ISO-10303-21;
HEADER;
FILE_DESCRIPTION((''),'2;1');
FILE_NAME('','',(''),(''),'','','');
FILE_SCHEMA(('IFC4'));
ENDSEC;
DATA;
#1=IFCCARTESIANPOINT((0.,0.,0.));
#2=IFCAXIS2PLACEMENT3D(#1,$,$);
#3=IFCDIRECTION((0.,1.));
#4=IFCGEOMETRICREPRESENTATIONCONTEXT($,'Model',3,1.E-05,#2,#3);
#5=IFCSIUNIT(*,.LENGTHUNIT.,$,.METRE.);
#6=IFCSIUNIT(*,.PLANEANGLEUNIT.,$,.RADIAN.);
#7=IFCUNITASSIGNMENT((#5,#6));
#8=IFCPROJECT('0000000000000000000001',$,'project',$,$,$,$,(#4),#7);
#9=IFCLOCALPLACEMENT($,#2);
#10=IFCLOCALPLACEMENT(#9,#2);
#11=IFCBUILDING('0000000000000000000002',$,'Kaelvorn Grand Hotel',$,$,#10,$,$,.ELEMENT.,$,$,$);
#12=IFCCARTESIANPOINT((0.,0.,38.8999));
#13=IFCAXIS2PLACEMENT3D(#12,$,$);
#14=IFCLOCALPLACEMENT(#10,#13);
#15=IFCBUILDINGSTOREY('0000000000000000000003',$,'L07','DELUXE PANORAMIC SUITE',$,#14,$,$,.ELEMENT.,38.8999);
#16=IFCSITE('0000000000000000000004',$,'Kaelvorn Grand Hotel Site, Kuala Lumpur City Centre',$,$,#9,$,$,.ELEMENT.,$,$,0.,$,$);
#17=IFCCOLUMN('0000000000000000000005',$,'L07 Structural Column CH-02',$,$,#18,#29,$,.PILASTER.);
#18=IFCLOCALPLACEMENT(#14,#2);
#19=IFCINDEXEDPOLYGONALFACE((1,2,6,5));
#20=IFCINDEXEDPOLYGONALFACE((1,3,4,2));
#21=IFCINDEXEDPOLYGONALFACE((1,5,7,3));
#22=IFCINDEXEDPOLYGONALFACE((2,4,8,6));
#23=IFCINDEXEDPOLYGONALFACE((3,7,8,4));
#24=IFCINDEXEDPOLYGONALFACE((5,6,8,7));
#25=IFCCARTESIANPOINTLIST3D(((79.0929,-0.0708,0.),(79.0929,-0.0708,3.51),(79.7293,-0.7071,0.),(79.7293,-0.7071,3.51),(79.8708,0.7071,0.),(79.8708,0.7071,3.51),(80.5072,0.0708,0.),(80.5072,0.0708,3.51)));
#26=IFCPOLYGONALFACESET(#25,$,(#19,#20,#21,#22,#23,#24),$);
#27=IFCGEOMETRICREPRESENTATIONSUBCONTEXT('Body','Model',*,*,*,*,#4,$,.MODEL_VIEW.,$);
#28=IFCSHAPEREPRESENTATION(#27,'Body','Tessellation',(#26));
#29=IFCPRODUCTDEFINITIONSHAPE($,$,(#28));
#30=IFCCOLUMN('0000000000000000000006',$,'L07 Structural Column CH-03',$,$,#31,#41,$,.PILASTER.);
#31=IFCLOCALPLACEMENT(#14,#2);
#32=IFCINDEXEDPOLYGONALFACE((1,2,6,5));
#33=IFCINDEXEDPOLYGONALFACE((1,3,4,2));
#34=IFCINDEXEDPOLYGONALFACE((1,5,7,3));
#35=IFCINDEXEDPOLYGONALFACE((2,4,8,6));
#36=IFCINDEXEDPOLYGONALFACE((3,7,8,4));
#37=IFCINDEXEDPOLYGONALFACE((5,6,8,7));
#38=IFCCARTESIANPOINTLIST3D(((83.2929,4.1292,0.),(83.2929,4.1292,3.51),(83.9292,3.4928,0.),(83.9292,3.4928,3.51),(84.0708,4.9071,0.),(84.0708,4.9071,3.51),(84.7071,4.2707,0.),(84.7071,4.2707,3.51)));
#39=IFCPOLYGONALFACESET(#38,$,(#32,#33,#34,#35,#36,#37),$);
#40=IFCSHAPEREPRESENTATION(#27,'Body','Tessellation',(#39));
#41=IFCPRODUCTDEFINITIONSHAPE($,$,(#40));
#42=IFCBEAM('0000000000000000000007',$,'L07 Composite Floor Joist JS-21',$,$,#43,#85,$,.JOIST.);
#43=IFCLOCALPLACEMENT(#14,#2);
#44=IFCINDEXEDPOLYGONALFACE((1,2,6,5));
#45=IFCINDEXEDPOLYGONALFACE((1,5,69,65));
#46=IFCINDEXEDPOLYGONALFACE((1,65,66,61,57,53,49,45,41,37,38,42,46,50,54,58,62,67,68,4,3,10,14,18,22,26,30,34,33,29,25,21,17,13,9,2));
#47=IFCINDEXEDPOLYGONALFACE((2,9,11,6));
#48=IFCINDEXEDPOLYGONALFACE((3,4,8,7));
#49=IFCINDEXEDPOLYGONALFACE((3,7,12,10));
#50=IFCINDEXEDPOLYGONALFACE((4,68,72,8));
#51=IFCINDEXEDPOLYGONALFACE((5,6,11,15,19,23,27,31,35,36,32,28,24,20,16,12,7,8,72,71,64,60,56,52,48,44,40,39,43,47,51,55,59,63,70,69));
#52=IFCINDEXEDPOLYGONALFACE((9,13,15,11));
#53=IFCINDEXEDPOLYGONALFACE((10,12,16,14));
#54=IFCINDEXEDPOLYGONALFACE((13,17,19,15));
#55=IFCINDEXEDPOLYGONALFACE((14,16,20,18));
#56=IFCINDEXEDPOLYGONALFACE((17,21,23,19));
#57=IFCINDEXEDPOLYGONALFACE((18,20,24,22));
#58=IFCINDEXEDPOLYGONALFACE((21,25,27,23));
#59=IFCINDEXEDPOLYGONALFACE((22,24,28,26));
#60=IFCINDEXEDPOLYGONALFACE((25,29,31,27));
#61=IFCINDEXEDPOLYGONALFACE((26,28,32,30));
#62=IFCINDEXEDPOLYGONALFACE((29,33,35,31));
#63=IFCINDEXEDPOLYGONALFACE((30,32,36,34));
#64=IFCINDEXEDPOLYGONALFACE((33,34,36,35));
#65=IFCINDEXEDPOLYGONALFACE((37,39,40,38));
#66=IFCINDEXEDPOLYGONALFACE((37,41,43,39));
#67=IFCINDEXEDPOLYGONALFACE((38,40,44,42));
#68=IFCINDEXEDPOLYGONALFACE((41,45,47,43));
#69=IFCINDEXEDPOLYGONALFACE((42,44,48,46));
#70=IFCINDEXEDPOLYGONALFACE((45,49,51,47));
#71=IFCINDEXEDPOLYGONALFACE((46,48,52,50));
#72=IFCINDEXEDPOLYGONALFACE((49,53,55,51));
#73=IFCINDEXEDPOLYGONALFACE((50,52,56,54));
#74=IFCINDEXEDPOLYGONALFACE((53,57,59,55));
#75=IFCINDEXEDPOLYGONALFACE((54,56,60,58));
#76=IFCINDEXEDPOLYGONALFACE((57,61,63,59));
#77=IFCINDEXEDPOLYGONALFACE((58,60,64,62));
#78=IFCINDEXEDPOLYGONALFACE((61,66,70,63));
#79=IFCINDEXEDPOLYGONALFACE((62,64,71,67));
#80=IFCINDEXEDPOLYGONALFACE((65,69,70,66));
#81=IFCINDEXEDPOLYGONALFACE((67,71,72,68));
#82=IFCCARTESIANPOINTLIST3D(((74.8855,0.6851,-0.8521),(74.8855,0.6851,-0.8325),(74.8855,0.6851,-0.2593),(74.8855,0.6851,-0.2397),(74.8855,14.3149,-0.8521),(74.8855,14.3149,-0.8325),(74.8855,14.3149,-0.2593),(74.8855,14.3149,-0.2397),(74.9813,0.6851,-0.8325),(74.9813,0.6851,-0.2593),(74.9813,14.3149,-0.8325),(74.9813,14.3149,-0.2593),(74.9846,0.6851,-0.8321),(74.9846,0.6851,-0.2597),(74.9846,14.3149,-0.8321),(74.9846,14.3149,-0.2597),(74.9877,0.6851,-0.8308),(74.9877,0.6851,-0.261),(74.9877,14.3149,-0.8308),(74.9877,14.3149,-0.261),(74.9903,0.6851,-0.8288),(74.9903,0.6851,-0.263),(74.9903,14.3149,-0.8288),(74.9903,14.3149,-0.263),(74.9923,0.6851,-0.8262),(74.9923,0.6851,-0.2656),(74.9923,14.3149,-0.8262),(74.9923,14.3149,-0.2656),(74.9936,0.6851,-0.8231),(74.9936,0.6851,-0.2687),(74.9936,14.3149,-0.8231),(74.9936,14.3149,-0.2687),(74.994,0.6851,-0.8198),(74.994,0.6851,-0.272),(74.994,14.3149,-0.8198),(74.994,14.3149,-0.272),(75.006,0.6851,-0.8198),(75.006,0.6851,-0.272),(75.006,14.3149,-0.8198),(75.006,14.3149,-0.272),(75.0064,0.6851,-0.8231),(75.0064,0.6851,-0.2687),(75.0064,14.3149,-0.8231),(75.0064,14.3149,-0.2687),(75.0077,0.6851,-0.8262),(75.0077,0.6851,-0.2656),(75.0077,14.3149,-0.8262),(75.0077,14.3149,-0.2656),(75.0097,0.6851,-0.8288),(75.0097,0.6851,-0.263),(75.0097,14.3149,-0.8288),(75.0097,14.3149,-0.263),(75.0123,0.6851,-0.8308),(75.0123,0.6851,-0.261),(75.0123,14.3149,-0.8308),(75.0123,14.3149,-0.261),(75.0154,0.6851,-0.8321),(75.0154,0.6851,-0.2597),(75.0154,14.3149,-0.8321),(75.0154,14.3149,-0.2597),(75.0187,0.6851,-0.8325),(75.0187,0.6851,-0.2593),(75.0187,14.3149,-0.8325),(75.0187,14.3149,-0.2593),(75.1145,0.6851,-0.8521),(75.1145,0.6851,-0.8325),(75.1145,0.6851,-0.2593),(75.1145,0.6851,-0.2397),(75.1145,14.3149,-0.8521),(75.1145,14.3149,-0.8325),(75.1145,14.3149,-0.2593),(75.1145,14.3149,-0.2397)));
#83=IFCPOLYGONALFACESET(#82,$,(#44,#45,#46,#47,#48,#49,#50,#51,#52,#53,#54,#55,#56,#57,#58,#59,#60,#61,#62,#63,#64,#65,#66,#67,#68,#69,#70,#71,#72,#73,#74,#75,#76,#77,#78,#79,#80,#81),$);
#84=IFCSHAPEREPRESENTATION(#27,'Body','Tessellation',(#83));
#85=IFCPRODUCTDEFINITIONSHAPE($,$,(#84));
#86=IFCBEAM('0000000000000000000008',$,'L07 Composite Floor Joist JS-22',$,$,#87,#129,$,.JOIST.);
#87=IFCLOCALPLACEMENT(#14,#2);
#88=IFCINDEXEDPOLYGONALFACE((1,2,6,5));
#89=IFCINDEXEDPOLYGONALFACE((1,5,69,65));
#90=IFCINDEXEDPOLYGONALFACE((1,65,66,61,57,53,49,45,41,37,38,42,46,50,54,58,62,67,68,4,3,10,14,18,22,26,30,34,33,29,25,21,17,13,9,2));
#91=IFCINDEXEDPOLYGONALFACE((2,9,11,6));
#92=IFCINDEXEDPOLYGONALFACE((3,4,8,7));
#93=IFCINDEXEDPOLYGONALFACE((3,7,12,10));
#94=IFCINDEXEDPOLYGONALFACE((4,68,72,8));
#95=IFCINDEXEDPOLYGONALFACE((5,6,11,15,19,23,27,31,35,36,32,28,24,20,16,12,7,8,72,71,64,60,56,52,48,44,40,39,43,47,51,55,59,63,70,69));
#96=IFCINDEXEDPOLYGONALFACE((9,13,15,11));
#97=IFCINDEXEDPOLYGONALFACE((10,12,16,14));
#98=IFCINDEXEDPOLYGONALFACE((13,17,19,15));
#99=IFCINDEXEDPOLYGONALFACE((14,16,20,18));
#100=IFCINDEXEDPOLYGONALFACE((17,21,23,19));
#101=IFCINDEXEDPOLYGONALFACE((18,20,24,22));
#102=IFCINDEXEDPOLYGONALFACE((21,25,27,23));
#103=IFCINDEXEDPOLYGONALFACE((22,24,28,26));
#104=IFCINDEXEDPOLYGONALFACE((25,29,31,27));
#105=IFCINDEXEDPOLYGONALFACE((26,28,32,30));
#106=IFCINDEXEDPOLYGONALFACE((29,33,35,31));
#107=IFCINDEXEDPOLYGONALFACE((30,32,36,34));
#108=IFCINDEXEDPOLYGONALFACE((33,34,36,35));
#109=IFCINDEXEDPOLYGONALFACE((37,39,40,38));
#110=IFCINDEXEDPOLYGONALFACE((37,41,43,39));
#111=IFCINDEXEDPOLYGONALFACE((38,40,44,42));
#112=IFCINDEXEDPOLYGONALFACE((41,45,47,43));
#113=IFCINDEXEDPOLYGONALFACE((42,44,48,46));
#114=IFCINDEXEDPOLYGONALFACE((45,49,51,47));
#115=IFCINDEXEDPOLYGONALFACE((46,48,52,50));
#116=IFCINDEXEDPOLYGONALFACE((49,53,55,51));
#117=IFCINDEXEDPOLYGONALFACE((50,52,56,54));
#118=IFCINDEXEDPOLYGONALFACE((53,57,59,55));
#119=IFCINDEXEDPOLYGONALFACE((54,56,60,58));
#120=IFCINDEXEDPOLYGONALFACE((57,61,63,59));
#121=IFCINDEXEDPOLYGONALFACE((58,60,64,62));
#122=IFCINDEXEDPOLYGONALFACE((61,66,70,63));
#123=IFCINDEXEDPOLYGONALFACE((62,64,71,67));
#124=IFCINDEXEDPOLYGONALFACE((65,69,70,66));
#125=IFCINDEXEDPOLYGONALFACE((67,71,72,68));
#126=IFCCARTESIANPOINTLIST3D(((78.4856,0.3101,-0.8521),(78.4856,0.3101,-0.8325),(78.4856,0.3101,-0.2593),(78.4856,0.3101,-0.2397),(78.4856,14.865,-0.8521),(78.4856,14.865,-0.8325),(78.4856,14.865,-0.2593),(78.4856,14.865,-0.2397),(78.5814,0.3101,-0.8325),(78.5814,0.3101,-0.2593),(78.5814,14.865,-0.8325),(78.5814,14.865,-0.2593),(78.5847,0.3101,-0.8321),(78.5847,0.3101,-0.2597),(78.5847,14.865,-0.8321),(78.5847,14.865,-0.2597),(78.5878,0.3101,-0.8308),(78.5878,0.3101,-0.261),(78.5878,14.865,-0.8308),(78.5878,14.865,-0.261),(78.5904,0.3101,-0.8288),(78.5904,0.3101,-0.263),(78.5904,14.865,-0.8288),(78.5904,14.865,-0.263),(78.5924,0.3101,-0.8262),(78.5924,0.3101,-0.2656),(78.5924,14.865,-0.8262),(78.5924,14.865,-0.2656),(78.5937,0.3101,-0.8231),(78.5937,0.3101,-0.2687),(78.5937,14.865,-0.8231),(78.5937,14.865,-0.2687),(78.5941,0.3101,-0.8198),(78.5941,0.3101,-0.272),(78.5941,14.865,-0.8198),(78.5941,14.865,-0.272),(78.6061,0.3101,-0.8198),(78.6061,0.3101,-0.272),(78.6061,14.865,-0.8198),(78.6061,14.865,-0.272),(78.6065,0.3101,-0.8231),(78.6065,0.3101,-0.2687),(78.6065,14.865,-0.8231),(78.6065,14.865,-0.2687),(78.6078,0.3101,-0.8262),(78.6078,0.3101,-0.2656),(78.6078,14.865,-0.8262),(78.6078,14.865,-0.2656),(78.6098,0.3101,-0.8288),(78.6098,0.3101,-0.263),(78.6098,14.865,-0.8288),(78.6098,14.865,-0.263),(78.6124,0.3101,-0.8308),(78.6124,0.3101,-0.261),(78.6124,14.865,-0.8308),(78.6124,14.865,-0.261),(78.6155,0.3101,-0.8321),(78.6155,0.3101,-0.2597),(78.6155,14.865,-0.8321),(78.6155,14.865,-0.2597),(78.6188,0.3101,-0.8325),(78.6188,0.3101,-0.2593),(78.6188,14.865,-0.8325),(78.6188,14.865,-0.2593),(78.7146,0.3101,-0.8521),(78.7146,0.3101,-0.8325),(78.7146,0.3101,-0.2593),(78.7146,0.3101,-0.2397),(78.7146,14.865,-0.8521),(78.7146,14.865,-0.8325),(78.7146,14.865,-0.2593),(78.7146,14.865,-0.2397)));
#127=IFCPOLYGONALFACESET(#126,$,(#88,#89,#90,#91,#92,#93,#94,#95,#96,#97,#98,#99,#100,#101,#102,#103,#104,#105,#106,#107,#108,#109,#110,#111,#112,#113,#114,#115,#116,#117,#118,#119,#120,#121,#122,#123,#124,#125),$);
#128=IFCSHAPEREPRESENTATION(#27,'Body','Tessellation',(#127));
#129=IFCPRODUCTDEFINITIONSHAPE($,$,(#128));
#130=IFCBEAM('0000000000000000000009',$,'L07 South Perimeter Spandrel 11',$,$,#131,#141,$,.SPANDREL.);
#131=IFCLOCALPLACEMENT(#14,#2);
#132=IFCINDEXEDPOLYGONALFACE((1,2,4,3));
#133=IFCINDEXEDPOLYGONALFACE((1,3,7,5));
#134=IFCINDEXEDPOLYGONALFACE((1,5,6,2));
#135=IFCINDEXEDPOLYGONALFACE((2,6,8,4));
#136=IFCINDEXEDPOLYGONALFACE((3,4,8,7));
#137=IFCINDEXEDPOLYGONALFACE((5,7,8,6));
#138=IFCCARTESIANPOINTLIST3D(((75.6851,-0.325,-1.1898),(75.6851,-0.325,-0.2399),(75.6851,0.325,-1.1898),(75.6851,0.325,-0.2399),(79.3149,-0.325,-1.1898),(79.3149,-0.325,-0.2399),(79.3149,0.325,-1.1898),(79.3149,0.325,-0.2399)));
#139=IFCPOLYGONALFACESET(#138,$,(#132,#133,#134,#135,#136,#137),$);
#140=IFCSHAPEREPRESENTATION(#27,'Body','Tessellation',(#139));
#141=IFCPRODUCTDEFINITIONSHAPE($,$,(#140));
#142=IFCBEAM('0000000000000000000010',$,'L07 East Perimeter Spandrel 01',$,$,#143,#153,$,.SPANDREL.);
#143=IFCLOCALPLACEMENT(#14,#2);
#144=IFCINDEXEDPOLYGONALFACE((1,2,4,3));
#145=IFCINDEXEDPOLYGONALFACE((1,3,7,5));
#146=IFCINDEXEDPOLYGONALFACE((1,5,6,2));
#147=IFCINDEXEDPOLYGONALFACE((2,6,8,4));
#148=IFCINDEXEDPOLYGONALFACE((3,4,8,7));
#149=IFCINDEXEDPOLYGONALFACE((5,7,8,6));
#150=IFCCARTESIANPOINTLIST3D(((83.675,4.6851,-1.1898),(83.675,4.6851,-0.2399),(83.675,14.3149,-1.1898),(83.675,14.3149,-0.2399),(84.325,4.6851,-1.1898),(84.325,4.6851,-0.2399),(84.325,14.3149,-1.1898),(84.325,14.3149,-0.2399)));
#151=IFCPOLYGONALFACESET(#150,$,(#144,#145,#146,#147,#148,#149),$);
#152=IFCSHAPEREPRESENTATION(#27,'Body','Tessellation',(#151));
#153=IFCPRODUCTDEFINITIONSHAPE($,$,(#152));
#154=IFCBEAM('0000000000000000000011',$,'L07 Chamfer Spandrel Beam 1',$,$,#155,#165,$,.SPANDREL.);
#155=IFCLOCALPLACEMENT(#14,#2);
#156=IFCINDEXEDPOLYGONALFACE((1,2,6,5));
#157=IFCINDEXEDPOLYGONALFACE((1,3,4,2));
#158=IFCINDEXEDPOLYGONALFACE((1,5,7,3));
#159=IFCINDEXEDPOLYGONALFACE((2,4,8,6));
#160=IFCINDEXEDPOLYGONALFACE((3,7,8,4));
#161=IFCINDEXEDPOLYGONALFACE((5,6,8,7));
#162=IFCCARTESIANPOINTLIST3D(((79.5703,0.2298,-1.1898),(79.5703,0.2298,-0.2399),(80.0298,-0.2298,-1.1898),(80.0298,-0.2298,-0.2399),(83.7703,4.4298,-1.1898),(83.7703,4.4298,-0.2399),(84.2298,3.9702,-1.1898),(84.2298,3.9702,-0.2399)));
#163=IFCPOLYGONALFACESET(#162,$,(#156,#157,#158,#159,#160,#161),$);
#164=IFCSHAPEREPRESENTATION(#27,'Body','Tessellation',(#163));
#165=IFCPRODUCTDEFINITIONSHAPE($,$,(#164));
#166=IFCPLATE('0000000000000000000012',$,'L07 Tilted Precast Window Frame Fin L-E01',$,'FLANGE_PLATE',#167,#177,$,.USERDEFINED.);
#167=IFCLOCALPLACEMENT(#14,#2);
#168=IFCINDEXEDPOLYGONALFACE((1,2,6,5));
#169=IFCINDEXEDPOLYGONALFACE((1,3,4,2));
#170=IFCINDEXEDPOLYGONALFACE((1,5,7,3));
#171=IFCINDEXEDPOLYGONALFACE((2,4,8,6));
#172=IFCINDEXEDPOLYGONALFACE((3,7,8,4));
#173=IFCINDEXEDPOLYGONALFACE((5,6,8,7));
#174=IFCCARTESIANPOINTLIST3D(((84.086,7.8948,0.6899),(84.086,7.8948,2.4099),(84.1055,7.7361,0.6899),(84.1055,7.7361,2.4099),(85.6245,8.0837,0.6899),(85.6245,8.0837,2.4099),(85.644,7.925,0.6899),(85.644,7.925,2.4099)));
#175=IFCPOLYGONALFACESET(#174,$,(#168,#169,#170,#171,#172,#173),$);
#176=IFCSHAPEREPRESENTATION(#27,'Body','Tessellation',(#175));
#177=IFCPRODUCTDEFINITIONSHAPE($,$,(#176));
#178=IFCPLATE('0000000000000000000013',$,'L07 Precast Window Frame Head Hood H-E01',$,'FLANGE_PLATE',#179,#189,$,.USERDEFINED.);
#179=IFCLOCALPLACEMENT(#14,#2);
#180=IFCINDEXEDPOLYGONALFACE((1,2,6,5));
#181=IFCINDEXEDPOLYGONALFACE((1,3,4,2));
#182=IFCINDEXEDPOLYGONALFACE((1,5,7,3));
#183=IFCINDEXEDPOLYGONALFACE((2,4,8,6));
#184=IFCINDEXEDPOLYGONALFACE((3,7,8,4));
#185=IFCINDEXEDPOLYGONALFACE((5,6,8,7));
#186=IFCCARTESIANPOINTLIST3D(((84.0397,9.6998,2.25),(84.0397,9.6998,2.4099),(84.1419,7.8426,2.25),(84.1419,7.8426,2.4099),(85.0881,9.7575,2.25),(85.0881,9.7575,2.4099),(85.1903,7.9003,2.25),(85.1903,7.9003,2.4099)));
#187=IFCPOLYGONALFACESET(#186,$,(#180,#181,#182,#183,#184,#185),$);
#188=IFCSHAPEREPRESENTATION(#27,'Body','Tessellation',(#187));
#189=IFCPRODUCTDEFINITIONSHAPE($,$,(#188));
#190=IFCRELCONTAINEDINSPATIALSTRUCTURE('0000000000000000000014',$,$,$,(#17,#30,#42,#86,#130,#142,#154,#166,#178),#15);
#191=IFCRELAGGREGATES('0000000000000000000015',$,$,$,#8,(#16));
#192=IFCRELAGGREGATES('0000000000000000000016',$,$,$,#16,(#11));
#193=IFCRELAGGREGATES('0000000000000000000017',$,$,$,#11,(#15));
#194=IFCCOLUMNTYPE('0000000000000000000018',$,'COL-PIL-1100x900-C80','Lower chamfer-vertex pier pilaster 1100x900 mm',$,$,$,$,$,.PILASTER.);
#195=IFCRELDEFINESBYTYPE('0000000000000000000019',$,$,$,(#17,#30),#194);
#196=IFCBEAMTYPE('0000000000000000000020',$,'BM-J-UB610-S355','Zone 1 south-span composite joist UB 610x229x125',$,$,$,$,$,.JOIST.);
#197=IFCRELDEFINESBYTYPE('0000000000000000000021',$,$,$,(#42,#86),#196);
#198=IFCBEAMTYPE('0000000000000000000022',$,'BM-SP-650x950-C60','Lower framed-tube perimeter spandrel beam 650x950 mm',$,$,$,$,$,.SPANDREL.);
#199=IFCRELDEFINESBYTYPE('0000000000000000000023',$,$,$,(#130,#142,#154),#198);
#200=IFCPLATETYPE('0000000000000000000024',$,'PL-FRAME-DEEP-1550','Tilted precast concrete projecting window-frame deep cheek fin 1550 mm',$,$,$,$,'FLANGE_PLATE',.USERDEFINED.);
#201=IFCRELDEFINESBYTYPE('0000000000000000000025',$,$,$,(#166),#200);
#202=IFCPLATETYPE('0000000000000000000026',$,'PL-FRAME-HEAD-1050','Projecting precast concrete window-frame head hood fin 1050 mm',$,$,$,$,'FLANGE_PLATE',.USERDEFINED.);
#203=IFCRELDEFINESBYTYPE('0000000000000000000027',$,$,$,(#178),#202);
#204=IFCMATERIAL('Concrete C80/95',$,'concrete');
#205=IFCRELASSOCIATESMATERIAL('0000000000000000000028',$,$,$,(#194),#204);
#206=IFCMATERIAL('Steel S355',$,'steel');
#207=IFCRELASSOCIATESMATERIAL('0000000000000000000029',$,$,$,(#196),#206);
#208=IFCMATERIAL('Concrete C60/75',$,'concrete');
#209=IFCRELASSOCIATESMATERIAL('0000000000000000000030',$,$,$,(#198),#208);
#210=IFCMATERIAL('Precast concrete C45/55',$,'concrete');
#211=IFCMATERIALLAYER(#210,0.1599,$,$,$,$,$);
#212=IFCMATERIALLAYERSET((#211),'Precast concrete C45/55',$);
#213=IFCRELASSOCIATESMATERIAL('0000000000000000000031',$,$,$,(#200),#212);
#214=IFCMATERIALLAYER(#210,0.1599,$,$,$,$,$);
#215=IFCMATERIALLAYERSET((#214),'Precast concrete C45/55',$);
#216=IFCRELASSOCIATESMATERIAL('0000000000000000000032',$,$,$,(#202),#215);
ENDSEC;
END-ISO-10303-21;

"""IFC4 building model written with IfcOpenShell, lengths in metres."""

from ifc_helpers import new_model, si_unit, direction, frame, origin, origin_2d, place, context, subcontext, project, spatial, rectangle, i_section, extrude, material, layer, layer_set, material_profile, profile_set, type_object, element, save


model = new_model("IFC4")

# Units and contexts
model_context = context("Model", 3, precision=1e-05, world=origin(), true_north=direction((0.0, 1.0)))
body_context = subcontext(model_context, "Body", "Model", "MODEL_VIEW")
ifc_project = project(units=[si_unit("LENGTHUNIT", "METRE"), si_unit("PLANEANGLEUNIT", "RADIAN")], contexts=[model_context])

# Site, building, storey
site_placement = place(None, origin())
site = spatial("IfcSite", under=ifc_project, at=site_placement, Name="Kaelvorn Grand Hotel Site, Kuala Lumpur City Centre", CompositionType="ELEMENT", RefElevation=0.0)
building_placement = place(site_placement, origin())
building = spatial("IfcBuilding", under=site, at=building_placement, Name="Kaelvorn Grand Hotel", CompositionType="ELEMENT")
storey_placement = place(building_placement, frame((0.0, 0.0, 38.8999)))
storey = spatial("IfcBuildingStorey", under=building, at=storey_placement, Name="L07", Description="DELUXE PANORAMIC SUITE", CompositionType="ELEMENT", Elevation=38.8999)

# Columns
ifc_material_1 = material(Name="Concrete C80/95", Category="concrete")
ifc_material_profile_1 = material_profile(ifc_material_1, rectangle(XDim=1.1001, YDim=0.8999, at=origin_2d()), Name="RC PILASTER 1100x900")
ifc_profile_set_1 = profile_set([ifc_material_profile_1], Name="Concrete C80/95")
column_type = type_object("IfcColumnType", Name="COL-PIL-1100x900-C80", Description="Lower chamfer-vertex pier pilaster 1100x900 mm", PredefinedType="PILASTER", material=ifc_profile_set_1)
for number, where, z_axis, x_axis, name in (
    (1, (79.8, 0.0, 0.0), (0.0, 0.0, 1.0), (0.707107, 0.707107, 0.0), "L07 Structural Column CH-02"),
    (2, (84.0, 4.2, 0.0), (0.0, 0.0, 1.0), (0.707107, 0.707107, 0.0), "L07 Structural Column CH-03"),
):
    element("IfcColumn", number, at=place(storey_placement, frame(where, z_axis=z_axis, x_axis=x_axis)), inside=storey, type_object=column_type, Name=name, PredefinedType="PILASTER", context=body_context, shape_type="SweptSolid", body=[
        extrude(rectangle(XDim=1.1001, YDim=0.8999, at=origin_2d()), origin(), (0.0, 0.0, 1.0), 3.51),
    ])

# Beams
ifc_material_2 = material(Name="Steel S355", Category="steel")
ifc_material_profile_2 = material_profile(ifc_material_2, i_section(OverallWidth=0.229, OverallDepth=0.6123, WebThickness=0.012, FlangeThickness=0.0195, FilletRadius=0.0127, at=origin_2d()), Name="UB 610x229x125")
ifc_profile_set_2 = profile_set([ifc_material_profile_2], Name="Steel S355")
beam_type_1 = type_object("IfcBeamType", Name="BM-J-UB610-S355", Description="Zone 1 south-span composite joist UB 610x229x125", PredefinedType="JOIST", material=ifc_profile_set_2)
beam_1_placement = place(storey_placement, frame((75.0, 0.6851, -0.5459), z_axis=(0.0, 1.0, 0.0), x_axis=(-1.0, 0.0, 0.0)))
element("IfcBeam", 3, at=beam_1_placement, inside=storey, type_object=beam_type_1, Name="L07 Composite Floor Joist JS-21", PredefinedType="JOIST", context=body_context, shape_type="SweptSolid", body=[
    extrude(i_section(OverallWidth=0.229, OverallDepth=0.6123, WebThickness=0.012, FlangeThickness=0.0195, FilletRadius=0.0127, at=origin_2d()), origin(), (0.0, 0.0, 1.0), 13.6299),
])
beam_2_placement = place(storey_placement, frame((78.6001, 0.3101, -0.5459), z_axis=(0.0, 1.0, 0.0), x_axis=(-1.0, 0.0, 0.0)))
element("IfcBeam", 4, at=beam_2_placement, inside=storey, type_object=beam_type_1, Name="L07 Composite Floor Joist JS-22", PredefinedType="JOIST", context=body_context, shape_type="SweptSolid", body=[
    extrude(i_section(OverallWidth=0.229, OverallDepth=0.6123, WebThickness=0.012, FlangeThickness=0.0195, FilletRadius=0.0127, at=origin_2d()), origin(), (0.0, 0.0, 1.0), 14.5549),
])
ifc_material_3 = material(Name="Concrete C60/75", Category="concrete")
ifc_material_profile_3 = material_profile(ifc_material_3, rectangle(XDim=0.6499, YDim=0.95, at=origin_2d()), Name="RC SPANDREL 650x950")
ifc_profile_set_3 = profile_set([ifc_material_profile_3], Name="Concrete C60/75")
beam_type_2 = type_object("IfcBeamType", Name="BM-SP-650x950-C60", Description="Lower framed-tube perimeter spandrel beam 650x950 mm", PredefinedType="SPANDREL", material=ifc_profile_set_3)
beam_3_placement = place(storey_placement, frame((75.6851, 0.0, -0.7148), z_axis=(1.0, 0.0, 0.0), x_axis=(0.0, 1.0, 0.0)))
element("IfcBeam", 5, at=beam_3_placement, inside=storey, type_object=beam_type_2, Name="L07 South Perimeter Spandrel 11", PredefinedType="SPANDREL", context=body_context, shape_type="SweptSolid", body=[
    extrude(rectangle(XDim=0.6499, YDim=0.95, at=origin_2d()), origin(), (0.0, 0.0, 1.0), 3.6299),
])
beam_4_placement = place(storey_placement, frame((84.0, 4.6851, -0.7148), z_axis=(0.0, 1.0, 0.0), x_axis=(-1.0, 0.0, 0.0)))
element("IfcBeam", 6, at=beam_4_placement, inside=storey, type_object=beam_type_2, Name="L07 East Perimeter Spandrel 01", PredefinedType="SPANDREL", context=body_context, shape_type="SweptSolid", body=[
    extrude(rectangle(XDim=0.6499, YDim=0.95, at=origin_2d()), origin(), (0.0, 0.0, 1.0), 9.6299),
])
beam_5_placement = place(storey_placement, frame((79.8, 0.0, -0.7148), z_axis=(0.707107, 0.707107, 0.0), x_axis=(-0.707107, 0.707107, 0.0)))
element("IfcBeam", 7, at=beam_5_placement, inside=storey, type_object=beam_type_2, Name="L07 Chamfer Spandrel Beam 1", PredefinedType="SPANDREL", context=body_context, shape_type="SweptSolid", body=[
    extrude(rectangle(XDim=0.6499, YDim=0.95, at=origin_2d()), origin(), (0.0, 0.0, 1.0), 5.9397),
])

# Plates
ifc_material_4 = material(Name="Precast concrete C45/55", Category="concrete")
ifc_layer_1 = layer(ifc_material_4, 0.1599)
ifc_layer_set_1 = layer_set([ifc_layer_1], Name="Precast concrete C45/55")
plate_type_1 = type_object("IfcPlateType", Name="PL-FRAME-DEEP-1550", Description="Tilted precast concrete projecting window-frame deep cheek fin 1550 mm", ElementType="FLANGE_PLATE", PredefinedType="USERDEFINED", material=ifc_layer_set_1)
plate_1_placement = place(storey_placement, frame((84.865, 7.9099, 0.6899), z_axis=(0.0, 0.0, 1.0), x_axis=(-0.121869, 0.992546, 0.0)))
element("IfcPlate", 8, at=plate_1_placement, inside=storey, type_object=plate_type_1, Name="L07 Tilted Precast Window Frame Fin L-E01", ObjectType="FLANGE_PLATE", PredefinedType="USERDEFINED", context=body_context, shape_type="SweptSolid", body=[
    extrude(rectangle(XDim=0.1599, YDim=1.55, at=origin_2d()), origin(), (0.0, 0.0, 1.0), 1.72),
])
ifc_layer_2 = layer(ifc_material_4, 0.1599)
ifc_layer_set_2 = layer_set([ifc_layer_2], Name="Precast concrete C45/55")
plate_type_2 = type_object("IfcPlateType", Name="PL-FRAME-HEAD-1050", Description="Projecting precast concrete window-frame head hood fin 1050 mm", ElementType="FLANGE_PLATE", PredefinedType="USERDEFINED", material=ifc_layer_set_2)
plate_2_placement = place(storey_placement, frame((84.615, 8.8, 2.25), z_axis=(0.0, 0.0, 1.0), x_axis=(-0.05495, 0.998489, 0.0)))
element("IfcPlate", 9, at=plate_2_placement, inside=storey, type_object=plate_type_2, Name="L07 Precast Window Frame Head Hood H-E01", ObjectType="FLANGE_PLATE", PredefinedType="USERDEFINED", context=body_context, shape_type="SweptSolid", body=[
    extrude(rectangle(XDim=1.8601, YDim=1.05, at=origin_2d()), origin(), (0.0, 0.0, 1.0), 0.1599),
])

save(model, "model.ifc")
